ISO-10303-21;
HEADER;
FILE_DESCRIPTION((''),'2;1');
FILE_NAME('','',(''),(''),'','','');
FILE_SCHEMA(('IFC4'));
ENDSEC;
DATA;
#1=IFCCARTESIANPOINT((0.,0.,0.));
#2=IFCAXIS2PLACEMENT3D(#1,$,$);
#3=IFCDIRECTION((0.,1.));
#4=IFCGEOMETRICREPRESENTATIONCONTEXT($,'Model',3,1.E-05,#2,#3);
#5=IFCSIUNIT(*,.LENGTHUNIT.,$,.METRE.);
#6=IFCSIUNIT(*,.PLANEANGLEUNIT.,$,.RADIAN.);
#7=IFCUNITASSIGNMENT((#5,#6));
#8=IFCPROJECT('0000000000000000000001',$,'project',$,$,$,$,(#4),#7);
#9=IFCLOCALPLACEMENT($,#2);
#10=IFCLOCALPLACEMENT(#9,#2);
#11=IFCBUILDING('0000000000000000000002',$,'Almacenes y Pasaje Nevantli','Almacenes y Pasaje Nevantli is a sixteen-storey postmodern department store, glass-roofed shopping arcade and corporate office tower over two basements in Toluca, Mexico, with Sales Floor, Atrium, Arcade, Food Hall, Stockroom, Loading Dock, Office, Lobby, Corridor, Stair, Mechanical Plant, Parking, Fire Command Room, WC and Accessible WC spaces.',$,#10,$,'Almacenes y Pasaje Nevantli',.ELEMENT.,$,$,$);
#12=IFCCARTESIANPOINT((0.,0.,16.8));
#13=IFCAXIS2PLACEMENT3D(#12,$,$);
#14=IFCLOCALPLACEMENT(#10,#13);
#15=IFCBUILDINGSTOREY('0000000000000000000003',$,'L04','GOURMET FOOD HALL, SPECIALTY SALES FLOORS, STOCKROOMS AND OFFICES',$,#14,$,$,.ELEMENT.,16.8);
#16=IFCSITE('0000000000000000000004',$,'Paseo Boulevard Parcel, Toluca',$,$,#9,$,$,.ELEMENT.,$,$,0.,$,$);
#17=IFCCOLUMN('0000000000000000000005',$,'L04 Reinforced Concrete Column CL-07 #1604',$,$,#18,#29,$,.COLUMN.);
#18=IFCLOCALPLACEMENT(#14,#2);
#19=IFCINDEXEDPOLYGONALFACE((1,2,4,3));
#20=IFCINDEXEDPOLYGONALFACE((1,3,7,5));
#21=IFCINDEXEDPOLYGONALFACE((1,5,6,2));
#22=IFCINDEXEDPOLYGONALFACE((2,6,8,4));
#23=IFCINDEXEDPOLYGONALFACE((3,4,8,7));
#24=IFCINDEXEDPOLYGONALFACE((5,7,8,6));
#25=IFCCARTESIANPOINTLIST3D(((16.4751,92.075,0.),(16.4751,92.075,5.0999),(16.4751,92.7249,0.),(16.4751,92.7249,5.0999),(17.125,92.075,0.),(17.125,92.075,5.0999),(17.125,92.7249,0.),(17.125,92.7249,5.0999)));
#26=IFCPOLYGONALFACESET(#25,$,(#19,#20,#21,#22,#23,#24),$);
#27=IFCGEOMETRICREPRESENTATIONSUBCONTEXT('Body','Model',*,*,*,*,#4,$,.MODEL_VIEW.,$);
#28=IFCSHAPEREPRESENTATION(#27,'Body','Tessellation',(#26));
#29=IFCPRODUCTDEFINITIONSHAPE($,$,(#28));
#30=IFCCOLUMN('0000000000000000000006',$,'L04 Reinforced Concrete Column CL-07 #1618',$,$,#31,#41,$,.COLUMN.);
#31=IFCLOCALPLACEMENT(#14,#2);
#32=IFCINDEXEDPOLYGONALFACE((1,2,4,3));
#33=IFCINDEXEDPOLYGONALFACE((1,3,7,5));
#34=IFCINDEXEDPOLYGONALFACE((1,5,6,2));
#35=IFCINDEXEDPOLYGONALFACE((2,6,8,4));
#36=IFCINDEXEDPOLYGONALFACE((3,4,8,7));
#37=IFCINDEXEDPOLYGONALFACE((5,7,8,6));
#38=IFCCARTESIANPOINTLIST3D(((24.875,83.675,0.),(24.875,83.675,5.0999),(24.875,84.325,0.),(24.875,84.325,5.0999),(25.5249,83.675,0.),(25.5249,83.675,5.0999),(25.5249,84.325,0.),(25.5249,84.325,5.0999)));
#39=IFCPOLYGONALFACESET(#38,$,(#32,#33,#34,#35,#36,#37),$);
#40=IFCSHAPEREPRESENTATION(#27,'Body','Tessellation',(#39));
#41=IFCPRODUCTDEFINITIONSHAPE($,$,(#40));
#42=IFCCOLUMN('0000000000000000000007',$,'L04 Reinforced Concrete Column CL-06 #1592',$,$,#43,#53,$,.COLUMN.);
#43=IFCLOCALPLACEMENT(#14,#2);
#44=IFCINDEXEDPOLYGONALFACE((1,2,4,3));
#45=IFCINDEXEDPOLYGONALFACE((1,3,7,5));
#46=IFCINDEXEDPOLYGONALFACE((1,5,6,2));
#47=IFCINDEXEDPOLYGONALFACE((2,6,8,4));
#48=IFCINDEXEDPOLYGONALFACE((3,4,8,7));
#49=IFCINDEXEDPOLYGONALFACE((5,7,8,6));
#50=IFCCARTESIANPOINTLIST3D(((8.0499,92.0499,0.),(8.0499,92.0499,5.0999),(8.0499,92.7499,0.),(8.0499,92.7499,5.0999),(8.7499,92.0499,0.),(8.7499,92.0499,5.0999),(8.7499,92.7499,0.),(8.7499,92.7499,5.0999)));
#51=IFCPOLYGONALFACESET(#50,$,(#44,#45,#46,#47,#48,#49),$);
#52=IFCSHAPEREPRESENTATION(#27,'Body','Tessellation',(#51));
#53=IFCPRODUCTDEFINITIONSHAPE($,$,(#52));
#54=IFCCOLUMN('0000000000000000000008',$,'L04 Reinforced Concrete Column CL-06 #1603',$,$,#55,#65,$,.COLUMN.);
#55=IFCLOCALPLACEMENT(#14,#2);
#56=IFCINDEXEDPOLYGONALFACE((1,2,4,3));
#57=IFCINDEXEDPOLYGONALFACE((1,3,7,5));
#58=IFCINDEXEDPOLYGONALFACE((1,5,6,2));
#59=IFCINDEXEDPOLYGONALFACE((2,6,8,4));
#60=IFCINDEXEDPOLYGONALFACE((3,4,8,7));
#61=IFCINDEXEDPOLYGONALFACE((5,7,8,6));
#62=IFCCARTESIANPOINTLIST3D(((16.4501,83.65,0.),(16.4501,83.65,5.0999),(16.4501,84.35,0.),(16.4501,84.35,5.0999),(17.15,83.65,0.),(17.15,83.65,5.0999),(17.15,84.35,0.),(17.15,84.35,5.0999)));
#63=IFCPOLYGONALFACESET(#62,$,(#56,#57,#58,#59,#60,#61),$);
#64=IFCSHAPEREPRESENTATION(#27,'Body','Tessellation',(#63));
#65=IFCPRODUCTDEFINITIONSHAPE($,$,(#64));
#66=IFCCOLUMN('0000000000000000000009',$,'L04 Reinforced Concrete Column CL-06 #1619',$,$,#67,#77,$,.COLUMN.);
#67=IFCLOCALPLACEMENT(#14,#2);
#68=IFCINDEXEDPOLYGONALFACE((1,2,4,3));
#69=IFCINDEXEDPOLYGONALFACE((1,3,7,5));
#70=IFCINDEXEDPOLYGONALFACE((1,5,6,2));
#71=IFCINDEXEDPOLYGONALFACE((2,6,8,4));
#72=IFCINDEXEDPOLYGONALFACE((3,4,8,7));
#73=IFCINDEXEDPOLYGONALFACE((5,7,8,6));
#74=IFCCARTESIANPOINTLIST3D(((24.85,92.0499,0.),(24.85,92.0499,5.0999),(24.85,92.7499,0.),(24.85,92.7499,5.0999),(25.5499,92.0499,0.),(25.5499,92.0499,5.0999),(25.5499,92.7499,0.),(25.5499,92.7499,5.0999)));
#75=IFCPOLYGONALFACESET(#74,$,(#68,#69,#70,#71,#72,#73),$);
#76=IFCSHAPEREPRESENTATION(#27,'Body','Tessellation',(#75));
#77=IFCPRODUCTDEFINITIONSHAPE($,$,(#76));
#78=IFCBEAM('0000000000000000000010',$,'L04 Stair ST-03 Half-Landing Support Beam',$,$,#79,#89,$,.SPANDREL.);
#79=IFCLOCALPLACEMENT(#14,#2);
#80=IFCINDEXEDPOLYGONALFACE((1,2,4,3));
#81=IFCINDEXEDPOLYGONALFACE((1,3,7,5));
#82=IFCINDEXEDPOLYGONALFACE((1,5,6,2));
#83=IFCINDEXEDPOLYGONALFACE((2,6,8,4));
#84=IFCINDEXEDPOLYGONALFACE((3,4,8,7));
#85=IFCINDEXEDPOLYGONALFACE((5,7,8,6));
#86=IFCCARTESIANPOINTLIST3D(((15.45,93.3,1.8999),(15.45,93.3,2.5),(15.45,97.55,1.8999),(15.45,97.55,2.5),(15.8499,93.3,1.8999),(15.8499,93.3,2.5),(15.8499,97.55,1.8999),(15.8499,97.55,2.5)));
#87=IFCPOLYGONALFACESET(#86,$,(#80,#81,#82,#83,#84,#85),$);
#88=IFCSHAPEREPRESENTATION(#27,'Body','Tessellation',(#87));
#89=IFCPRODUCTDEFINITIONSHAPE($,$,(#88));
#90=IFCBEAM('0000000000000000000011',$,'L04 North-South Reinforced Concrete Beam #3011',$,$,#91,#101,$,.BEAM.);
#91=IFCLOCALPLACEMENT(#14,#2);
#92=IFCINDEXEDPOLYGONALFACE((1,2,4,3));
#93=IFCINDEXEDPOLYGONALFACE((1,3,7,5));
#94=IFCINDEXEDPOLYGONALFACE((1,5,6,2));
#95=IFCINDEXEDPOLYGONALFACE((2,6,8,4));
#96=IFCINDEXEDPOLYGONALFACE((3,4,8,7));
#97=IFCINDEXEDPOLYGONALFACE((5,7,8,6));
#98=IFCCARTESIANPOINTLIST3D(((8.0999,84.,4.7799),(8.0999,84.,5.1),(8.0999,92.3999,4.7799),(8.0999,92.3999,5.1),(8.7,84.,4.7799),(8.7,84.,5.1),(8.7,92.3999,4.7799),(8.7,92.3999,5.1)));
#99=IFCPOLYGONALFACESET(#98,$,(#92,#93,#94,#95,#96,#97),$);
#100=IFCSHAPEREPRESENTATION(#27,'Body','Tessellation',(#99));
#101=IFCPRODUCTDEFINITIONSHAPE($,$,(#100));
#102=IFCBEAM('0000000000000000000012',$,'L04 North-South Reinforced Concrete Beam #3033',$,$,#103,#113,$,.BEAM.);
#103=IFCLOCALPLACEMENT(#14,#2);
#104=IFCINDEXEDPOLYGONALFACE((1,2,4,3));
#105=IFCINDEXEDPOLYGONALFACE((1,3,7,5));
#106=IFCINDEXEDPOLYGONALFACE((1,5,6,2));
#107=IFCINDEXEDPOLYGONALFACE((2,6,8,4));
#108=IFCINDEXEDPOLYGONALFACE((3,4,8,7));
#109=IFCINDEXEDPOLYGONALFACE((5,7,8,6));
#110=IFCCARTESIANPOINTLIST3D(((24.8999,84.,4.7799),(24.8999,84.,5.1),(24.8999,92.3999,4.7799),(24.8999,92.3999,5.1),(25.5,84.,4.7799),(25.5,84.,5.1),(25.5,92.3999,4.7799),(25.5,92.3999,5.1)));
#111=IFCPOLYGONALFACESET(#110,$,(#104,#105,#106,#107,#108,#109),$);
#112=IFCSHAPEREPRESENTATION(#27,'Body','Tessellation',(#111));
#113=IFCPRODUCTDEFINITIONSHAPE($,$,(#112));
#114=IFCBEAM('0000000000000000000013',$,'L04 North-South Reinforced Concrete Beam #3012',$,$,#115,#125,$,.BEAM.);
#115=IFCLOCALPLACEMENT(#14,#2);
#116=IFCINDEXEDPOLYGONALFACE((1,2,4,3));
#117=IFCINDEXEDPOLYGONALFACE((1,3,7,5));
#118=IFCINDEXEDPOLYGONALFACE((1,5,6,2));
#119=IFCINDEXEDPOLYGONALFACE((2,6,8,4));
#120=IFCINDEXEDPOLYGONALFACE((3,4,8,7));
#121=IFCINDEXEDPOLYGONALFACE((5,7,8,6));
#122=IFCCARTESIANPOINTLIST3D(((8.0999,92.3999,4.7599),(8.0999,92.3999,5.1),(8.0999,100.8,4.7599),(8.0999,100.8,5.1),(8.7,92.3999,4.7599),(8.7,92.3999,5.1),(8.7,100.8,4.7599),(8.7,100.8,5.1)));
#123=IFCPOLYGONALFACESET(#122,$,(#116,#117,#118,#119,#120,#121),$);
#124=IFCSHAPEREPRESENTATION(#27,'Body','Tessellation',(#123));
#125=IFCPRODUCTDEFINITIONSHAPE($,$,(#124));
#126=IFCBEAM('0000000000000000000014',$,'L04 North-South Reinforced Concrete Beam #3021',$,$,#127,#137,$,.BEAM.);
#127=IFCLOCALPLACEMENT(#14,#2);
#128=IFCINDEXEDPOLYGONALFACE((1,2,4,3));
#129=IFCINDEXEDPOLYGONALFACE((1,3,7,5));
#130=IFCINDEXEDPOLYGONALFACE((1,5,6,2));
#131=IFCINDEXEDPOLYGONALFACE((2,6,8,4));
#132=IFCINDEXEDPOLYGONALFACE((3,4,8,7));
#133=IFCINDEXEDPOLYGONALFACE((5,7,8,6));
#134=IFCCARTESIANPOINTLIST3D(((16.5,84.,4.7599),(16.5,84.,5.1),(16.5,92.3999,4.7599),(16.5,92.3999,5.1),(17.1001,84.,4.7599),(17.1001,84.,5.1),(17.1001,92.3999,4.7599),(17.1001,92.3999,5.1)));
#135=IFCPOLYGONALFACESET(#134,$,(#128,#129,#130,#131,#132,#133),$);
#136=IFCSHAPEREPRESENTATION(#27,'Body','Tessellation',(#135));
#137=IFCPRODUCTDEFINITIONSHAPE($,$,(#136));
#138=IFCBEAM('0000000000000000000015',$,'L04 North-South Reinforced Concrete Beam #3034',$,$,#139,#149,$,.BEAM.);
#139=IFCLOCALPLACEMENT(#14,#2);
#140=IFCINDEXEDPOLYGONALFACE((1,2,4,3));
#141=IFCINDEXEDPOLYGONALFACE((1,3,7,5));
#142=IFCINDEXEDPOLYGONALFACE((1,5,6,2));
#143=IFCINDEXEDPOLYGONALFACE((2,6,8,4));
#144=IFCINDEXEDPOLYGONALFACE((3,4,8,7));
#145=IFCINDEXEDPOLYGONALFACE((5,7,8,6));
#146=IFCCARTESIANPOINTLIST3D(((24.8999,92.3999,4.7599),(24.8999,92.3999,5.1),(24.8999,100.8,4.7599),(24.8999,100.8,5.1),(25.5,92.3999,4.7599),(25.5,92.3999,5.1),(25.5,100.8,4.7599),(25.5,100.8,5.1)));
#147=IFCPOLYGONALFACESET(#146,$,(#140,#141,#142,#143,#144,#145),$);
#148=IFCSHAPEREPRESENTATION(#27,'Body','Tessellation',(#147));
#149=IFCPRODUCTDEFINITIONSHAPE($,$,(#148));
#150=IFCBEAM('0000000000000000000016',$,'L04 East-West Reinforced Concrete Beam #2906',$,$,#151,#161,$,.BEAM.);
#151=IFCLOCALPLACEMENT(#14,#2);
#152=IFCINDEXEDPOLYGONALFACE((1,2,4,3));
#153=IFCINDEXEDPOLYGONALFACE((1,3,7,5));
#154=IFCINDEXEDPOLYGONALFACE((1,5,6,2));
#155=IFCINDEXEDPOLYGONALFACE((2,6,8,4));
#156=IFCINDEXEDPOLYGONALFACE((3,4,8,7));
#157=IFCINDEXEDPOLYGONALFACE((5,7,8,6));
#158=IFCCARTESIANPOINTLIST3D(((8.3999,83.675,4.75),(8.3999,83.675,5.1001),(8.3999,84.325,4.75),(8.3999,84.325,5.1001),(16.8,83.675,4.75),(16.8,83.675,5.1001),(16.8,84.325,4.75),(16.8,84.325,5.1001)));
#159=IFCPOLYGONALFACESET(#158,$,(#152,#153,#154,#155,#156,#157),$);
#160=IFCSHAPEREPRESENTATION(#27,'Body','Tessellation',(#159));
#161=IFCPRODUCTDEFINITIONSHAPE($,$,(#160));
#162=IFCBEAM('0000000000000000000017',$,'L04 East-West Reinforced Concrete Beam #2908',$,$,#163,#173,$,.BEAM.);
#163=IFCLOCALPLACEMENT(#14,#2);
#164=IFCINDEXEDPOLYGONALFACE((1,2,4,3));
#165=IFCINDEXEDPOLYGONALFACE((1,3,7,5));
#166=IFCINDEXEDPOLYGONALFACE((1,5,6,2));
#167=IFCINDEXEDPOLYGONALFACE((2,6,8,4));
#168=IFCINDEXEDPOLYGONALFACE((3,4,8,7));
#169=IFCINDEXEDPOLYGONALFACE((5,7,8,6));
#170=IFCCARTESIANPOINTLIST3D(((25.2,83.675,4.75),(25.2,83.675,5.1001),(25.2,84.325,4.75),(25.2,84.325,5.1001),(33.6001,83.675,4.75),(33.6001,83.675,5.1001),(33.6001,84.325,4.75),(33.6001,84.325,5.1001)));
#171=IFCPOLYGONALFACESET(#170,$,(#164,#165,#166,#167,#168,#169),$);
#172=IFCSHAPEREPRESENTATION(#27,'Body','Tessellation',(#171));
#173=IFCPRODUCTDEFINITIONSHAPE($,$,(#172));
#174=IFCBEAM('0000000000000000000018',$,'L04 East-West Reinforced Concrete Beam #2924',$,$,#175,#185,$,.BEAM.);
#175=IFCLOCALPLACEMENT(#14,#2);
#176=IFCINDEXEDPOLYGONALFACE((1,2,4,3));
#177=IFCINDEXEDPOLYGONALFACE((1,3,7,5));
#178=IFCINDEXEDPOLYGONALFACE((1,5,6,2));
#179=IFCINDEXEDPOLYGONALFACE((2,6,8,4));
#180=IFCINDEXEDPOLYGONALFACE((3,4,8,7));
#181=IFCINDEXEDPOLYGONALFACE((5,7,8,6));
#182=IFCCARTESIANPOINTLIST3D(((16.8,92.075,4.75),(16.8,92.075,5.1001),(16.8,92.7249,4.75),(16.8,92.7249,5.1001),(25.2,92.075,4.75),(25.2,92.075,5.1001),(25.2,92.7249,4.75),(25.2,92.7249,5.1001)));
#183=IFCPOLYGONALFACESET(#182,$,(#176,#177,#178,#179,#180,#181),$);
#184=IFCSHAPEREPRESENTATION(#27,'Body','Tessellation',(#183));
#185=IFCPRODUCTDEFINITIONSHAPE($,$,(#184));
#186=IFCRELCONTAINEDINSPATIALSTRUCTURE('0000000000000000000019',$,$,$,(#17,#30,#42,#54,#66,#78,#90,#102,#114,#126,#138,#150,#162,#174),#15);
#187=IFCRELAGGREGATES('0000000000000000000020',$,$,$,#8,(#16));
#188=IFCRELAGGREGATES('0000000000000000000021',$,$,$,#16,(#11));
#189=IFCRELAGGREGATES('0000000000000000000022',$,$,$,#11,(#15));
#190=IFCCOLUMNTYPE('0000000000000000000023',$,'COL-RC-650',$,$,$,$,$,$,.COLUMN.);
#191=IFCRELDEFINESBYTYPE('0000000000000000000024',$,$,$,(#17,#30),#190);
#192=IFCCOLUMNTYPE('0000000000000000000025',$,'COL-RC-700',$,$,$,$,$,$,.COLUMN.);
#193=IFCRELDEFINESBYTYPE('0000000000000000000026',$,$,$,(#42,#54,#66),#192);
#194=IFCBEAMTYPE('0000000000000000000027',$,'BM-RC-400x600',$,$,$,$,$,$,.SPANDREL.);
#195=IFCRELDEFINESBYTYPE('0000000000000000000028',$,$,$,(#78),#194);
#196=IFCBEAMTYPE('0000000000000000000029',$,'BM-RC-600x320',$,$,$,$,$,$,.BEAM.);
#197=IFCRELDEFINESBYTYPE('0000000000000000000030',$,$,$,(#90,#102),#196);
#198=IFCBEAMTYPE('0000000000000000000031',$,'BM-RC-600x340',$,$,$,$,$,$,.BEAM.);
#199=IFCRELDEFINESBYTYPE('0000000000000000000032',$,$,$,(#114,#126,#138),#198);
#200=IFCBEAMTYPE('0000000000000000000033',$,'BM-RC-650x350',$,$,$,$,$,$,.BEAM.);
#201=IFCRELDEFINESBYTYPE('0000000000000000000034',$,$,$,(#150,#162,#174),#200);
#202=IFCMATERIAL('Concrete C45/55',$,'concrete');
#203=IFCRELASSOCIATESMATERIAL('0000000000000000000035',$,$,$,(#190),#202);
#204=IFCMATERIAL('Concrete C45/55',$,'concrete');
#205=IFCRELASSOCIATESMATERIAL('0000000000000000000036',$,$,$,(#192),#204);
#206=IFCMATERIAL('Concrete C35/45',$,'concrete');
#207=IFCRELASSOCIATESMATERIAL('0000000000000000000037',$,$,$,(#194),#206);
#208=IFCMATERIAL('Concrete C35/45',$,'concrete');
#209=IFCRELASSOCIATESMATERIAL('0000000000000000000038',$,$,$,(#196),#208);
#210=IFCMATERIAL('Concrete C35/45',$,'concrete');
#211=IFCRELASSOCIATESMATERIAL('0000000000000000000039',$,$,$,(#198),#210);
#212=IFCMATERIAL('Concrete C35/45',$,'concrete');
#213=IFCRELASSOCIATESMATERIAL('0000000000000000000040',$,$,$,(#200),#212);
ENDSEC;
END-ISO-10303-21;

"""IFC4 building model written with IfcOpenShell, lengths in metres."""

from ifc_helpers import new_model, si_unit, direction, frame, origin, origin_2d, place, context, subcontext, project, spatial, rectangle, extrude, material, material_profile, profile_set, type_object, element, save


model = new_model("IFC4")

# Units and contexts
model_context = context("Model", 3, precision=1e-05, world=origin(), true_north=direction((0.0, 1.0)))
body_context = subcontext(model_context, "Body", "Model", "MODEL_VIEW")
ifc_project = project(units=[si_unit("LENGTHUNIT", "METRE"), si_unit("PLANEANGLEUNIT", "RADIAN")], contexts=[model_context])

# Site, building, storey
site_placement = place(None, origin())
site = spatial("IfcSite", under=ifc_project, at=site_placement, Name="Paseo Boulevard Parcel, Toluca", CompositionType="ELEMENT", RefElevation=0.0)
building_placement = place(site_placement, origin())
building = spatial("IfcBuilding", under=site, at=building_placement, Name="Almacenes y Pasaje Nevantli", Description="Almacenes y Pasaje Nevantli is a sixteen-storey postmodern department store, glass-roofed shopping arcade and corporate office tower over two basements in Toluca, Mexico, with Sales Floor, Atrium, Arcade, Food Hall, Stockroom, Loading Dock, Office, Lobby, Corridor, Stair, Mechanical Plant, Parking, Fire Command Room, WC and Accessible WC spaces.", LongName="Almacenes y Pasaje Nevantli", CompositionType="ELEMENT")
storey_placement = place(building_placement, frame((0.0, 0.0, 16.8)))
storey = spatial("IfcBuildingStorey", under=building, at=storey_placement, Name="L04", Description="GOURMET FOOD HALL, SPECIALTY SALES FLOORS, STOCKROOMS AND OFFICES", CompositionType="ELEMENT", Elevation=16.8)

# Columns
ifc_material_1 = material(Name="Concrete C45/55", Category="concrete")
ifc_material_profile_1 = material_profile(ifc_material_1, rectangle(XDim=0.6499, YDim=0.6499, at=origin_2d()), Name="RC-COL-650x650")
ifc_profile_set_1 = profile_set([ifc_material_profile_1], Name="Concrete C45/55")
column_type_1 = type_object("IfcColumnType", Name="COL-RC-650", PredefinedType="COLUMN", material=ifc_profile_set_1)
for number, where, z_axis, x_axis, name in (
    (1, (16.8, 92.3999, 0.0), (0.0, 0.0, 1.0), (1.0, 0.0, 0.0), "L04 Reinforced Concrete Column CL-07 #1604"),
    (2, (25.2, 84.0, 0.0), (0.0, 0.0, 1.0), (1.0, 0.0, 0.0), "L04 Reinforced Concrete Column CL-07 #1618"),
):
    element("IfcColumn", number, at=place(storey_placement, frame(where, z_axis=z_axis, x_axis=x_axis)), inside=storey, type_object=column_type_1, Name=name, PredefinedType="COLUMN", context=body_context, shape_type="SweptSolid", body=[
        extrude(rectangle(XDim=0.6499, YDim=0.6499, at=origin_2d()), origin(), (0.0, 0.0, 1.0), 5.0999),
    ])
ifc_material_2 = material(Name="Concrete C45/55", Category="concrete")
ifc_material_profile_2 = material_profile(ifc_material_2, rectangle(XDim=0.7, YDim=0.7, at=origin_2d()), Name="RC-COL-700x700")
ifc_profile_set_2 = profile_set([ifc_material_profile_2], Name="Concrete C45/55")
column_type_2 = type_object("IfcColumnType", Name="COL-RC-700", PredefinedType="COLUMN", material=ifc_profile_set_2)
for number, where, z_axis, x_axis, name in (
    (3, (8.3999, 92.3999, 0.0), (0.0, 0.0, 1.0), (1.0, 0.0, 0.0), "L04 Reinforced Concrete Column CL-06 #1592"),
    (4, (16.8, 84.0, 0.0), (0.0, 0.0, 1.0), (1.0, 0.0, 0.0), "L04 Reinforced Concrete Column CL-06 #1603"),
    (5, (25.2, 92.3999, 0.0), (0.0, 0.0, 1.0), (1.0, 0.0, 0.0), "L04 Reinforced Concrete Column CL-06 #1619"),
):
    element("IfcColumn", number, at=place(storey_placement, frame(where, z_axis=z_axis, x_axis=x_axis)), inside=storey, type_object=column_type_2, Name=name, PredefinedType="COLUMN", context=body_context, shape_type="SweptSolid", body=[
        extrude(rectangle(XDim=0.7, YDim=0.7, at=origin_2d()), origin(), (0.0, 0.0, 1.0), 5.0999),
    ])

# Beams
ifc_material_3 = material(Name="Concrete C35/45", Category="concrete")
ifc_material_profile_3 = material_profile(ifc_material_3, rectangle(XDim=0.3999, YDim=0.6001, at=origin_2d()), Name="RC-BM-400x600")
ifc_profile_set_3 = profile_set([ifc_material_profile_3], Name="Concrete C35/45")
beam_type_1 = type_object("IfcBeamType", Name="BM-RC-400x600", PredefinedType="SPANDREL", material=ifc_profile_set_3)
beam_1_placement = place(storey_placement, frame((15.6499, 93.3, 2.2), z_axis=(0.0, 1.0, 0.0), x_axis=(-1.0, 0.0, 0.0)))
element("IfcBeam", 6, at=beam_1_placement, inside=storey, type_object=beam_type_1, Name="L04 Stair ST-03 Half-Landing Support Beam", PredefinedType="SPANDREL", context=body_context, shape_type="SweptSolid", body=[
    extrude(rectangle(XDim=0.3999, YDim=0.6001, at=origin_2d()), origin(), (0.0, 0.0, 1.0), 4.25),
])
ifc_material_4 = material(Name="Concrete C35/45", Category="concrete")
ifc_material_profile_4 = material_profile(ifc_material_4, rectangle(XDim=0.6001, YDim=0.3201, at=origin_2d()), Name="RC-BM-600x320")
ifc_profile_set_4 = profile_set([ifc_material_profile_4], Name="Concrete C35/45")
beam_type_2 = type_object("IfcBeamType", Name="BM-RC-600x320", PredefinedType="BEAM", material=ifc_profile_set_4)
for number, where, z_axis, x_axis, name in (
    (7, (8.3999, 84.0, 4.9399), (0.0, 1.0, 0.0), (-1.0, 0.0, 0.0), "L04 North-South Reinforced Concrete Beam #3011"),
    (8, (25.2, 84.0, 4.9399), (0.0, 1.0, 0.0), (-1.0, 0.0, 0.0), "L04 North-South Reinforced Concrete Beam #3033"),
):
    element("IfcBeam", number, at=place(storey_placement, frame(where, z_axis=z_axis, x_axis=x_axis)), inside=storey, type_object=beam_type_2, Name=name, PredefinedType="BEAM", context=body_context, shape_type="SweptSolid", body=[
        extrude(rectangle(XDim=0.6001, YDim=0.3201, at=origin_2d()), origin(), (0.0, 0.0, 1.0), 8.3999),
    ])
ifc_material_5 = material(Name="Concrete C35/45", Category="concrete")
ifc_material_profile_5 = material_profile(ifc_material_5, rectangle(XDim=0.6001, YDim=0.3401, at=origin_2d()), Name="RC-BM-600x340")
ifc_profile_set_5 = profile_set([ifc_material_profile_5], Name="Concrete C35/45")
beam_type_3 = type_object("IfcBeamType", Name="BM-RC-600x340", PredefinedType="BEAM", material=ifc_profile_set_5)
beam_2_placement = place(storey_placement, frame((8.3999, 92.3999, 4.9299), z_axis=(0.0, 1.0, 0.0), x_axis=(-1.0, 0.0, 0.0)))
element("IfcBeam", 9, at=beam_2_placement, inside=storey, type_object=beam_type_3, Name="L04 North-South Reinforced Concrete Beam #3012", PredefinedType="BEAM", context=body_context, shape_type="SweptSolid", body=[
    extrude(rectangle(XDim=0.6001, YDim=0.3401, at=origin_2d()), origin(), (0.0, 0.0, 1.0), 8.4001),
])
beam_3_placement = place(storey_placement, frame((16.8, 84.0, 4.9299), z_axis=(0.0, 1.0, 0.0), x_axis=(-1.0, 0.0, 0.0)))
element("IfcBeam", 10, at=beam_3_placement, inside=storey, type_object=beam_type_3, Name="L04 North-South Reinforced Concrete Beam #3021", PredefinedType="BEAM", context=body_context, shape_type="SweptSolid", body=[
    extrude(rectangle(XDim=0.6001, YDim=0.3401, at=origin_2d()), origin(), (0.0, 0.0, 1.0), 8.3999),
])
beam_4_placement = place(storey_placement, frame((25.2, 92.3999, 4.9299), z_axis=(0.0, 1.0, 0.0), x_axis=(-1.0, 0.0, 0.0)))
element("IfcBeam", 11, at=beam_4_placement, inside=storey, type_object=beam_type_3, Name="L04 North-South Reinforced Concrete Beam #3034", PredefinedType="BEAM", context=body_context, shape_type="SweptSolid", body=[
    extrude(rectangle(XDim=0.6001, YDim=0.3401, at=origin_2d()), origin(), (0.0, 0.0, 1.0), 8.4001),
])
ifc_material_6 = material(Name="Concrete C35/45", Category="concrete")
ifc_material_profile_6 = material_profile(ifc_material_6, rectangle(XDim=0.6499, YDim=0.3501, at=origin_2d()), Name="RC-BM-650x350")
ifc_profile_set_6 = profile_set([ifc_material_profile_6], Name="Concrete C35/45")
beam_type_4 = type_object("IfcBeamType", Name="BM-RC-650x350", PredefinedType="BEAM", material=ifc_profile_set_6)
for number, where, z_axis, x_axis, name in (
    (12, (8.3999, 84.0, 4.925), (1.0, 0.0, 0.0), (0.0, 1.0, 0.0), "L04 East-West Reinforced Concrete Beam #2906"),
    (13, (25.2, 84.0, 4.925), (1.0, 0.0, 0.0), (0.0, 1.0, 0.0), "L04 East-West Reinforced Concrete Beam #2908"),
):
    element("IfcBeam", number, at=place(storey_placement, frame(where, z_axis=z_axis, x_axis=x_axis)), inside=storey, type_object=beam_type_4, Name=name, PredefinedType="BEAM", context=body_context, shape_type="SweptSolid", body=[
        extrude(rectangle(XDim=0.6499, YDim=0.3501, at=origin_2d()), origin(), (0.0, 0.0, 1.0), 8.4001),
    ])
beam_5_placement = place(storey_placement, frame((16.8, 92.3999, 4.925), z_axis=(1.0, 0.0, 0.0), x_axis=(0.0, 1.0, 0.0)))
element("IfcBeam", 14, at=beam_5_placement, inside=storey, type_object=beam_type_4, Name="L04 East-West Reinforced Concrete Beam #2924", PredefinedType="BEAM", context=body_context, shape_type="SweptSolid", body=[
    extrude(rectangle(XDim=0.6499, YDim=0.3501, at=origin_2d()), origin(), (0.0, 0.0, 1.0), 8.3999),
])

save(model, "model.ifc")
